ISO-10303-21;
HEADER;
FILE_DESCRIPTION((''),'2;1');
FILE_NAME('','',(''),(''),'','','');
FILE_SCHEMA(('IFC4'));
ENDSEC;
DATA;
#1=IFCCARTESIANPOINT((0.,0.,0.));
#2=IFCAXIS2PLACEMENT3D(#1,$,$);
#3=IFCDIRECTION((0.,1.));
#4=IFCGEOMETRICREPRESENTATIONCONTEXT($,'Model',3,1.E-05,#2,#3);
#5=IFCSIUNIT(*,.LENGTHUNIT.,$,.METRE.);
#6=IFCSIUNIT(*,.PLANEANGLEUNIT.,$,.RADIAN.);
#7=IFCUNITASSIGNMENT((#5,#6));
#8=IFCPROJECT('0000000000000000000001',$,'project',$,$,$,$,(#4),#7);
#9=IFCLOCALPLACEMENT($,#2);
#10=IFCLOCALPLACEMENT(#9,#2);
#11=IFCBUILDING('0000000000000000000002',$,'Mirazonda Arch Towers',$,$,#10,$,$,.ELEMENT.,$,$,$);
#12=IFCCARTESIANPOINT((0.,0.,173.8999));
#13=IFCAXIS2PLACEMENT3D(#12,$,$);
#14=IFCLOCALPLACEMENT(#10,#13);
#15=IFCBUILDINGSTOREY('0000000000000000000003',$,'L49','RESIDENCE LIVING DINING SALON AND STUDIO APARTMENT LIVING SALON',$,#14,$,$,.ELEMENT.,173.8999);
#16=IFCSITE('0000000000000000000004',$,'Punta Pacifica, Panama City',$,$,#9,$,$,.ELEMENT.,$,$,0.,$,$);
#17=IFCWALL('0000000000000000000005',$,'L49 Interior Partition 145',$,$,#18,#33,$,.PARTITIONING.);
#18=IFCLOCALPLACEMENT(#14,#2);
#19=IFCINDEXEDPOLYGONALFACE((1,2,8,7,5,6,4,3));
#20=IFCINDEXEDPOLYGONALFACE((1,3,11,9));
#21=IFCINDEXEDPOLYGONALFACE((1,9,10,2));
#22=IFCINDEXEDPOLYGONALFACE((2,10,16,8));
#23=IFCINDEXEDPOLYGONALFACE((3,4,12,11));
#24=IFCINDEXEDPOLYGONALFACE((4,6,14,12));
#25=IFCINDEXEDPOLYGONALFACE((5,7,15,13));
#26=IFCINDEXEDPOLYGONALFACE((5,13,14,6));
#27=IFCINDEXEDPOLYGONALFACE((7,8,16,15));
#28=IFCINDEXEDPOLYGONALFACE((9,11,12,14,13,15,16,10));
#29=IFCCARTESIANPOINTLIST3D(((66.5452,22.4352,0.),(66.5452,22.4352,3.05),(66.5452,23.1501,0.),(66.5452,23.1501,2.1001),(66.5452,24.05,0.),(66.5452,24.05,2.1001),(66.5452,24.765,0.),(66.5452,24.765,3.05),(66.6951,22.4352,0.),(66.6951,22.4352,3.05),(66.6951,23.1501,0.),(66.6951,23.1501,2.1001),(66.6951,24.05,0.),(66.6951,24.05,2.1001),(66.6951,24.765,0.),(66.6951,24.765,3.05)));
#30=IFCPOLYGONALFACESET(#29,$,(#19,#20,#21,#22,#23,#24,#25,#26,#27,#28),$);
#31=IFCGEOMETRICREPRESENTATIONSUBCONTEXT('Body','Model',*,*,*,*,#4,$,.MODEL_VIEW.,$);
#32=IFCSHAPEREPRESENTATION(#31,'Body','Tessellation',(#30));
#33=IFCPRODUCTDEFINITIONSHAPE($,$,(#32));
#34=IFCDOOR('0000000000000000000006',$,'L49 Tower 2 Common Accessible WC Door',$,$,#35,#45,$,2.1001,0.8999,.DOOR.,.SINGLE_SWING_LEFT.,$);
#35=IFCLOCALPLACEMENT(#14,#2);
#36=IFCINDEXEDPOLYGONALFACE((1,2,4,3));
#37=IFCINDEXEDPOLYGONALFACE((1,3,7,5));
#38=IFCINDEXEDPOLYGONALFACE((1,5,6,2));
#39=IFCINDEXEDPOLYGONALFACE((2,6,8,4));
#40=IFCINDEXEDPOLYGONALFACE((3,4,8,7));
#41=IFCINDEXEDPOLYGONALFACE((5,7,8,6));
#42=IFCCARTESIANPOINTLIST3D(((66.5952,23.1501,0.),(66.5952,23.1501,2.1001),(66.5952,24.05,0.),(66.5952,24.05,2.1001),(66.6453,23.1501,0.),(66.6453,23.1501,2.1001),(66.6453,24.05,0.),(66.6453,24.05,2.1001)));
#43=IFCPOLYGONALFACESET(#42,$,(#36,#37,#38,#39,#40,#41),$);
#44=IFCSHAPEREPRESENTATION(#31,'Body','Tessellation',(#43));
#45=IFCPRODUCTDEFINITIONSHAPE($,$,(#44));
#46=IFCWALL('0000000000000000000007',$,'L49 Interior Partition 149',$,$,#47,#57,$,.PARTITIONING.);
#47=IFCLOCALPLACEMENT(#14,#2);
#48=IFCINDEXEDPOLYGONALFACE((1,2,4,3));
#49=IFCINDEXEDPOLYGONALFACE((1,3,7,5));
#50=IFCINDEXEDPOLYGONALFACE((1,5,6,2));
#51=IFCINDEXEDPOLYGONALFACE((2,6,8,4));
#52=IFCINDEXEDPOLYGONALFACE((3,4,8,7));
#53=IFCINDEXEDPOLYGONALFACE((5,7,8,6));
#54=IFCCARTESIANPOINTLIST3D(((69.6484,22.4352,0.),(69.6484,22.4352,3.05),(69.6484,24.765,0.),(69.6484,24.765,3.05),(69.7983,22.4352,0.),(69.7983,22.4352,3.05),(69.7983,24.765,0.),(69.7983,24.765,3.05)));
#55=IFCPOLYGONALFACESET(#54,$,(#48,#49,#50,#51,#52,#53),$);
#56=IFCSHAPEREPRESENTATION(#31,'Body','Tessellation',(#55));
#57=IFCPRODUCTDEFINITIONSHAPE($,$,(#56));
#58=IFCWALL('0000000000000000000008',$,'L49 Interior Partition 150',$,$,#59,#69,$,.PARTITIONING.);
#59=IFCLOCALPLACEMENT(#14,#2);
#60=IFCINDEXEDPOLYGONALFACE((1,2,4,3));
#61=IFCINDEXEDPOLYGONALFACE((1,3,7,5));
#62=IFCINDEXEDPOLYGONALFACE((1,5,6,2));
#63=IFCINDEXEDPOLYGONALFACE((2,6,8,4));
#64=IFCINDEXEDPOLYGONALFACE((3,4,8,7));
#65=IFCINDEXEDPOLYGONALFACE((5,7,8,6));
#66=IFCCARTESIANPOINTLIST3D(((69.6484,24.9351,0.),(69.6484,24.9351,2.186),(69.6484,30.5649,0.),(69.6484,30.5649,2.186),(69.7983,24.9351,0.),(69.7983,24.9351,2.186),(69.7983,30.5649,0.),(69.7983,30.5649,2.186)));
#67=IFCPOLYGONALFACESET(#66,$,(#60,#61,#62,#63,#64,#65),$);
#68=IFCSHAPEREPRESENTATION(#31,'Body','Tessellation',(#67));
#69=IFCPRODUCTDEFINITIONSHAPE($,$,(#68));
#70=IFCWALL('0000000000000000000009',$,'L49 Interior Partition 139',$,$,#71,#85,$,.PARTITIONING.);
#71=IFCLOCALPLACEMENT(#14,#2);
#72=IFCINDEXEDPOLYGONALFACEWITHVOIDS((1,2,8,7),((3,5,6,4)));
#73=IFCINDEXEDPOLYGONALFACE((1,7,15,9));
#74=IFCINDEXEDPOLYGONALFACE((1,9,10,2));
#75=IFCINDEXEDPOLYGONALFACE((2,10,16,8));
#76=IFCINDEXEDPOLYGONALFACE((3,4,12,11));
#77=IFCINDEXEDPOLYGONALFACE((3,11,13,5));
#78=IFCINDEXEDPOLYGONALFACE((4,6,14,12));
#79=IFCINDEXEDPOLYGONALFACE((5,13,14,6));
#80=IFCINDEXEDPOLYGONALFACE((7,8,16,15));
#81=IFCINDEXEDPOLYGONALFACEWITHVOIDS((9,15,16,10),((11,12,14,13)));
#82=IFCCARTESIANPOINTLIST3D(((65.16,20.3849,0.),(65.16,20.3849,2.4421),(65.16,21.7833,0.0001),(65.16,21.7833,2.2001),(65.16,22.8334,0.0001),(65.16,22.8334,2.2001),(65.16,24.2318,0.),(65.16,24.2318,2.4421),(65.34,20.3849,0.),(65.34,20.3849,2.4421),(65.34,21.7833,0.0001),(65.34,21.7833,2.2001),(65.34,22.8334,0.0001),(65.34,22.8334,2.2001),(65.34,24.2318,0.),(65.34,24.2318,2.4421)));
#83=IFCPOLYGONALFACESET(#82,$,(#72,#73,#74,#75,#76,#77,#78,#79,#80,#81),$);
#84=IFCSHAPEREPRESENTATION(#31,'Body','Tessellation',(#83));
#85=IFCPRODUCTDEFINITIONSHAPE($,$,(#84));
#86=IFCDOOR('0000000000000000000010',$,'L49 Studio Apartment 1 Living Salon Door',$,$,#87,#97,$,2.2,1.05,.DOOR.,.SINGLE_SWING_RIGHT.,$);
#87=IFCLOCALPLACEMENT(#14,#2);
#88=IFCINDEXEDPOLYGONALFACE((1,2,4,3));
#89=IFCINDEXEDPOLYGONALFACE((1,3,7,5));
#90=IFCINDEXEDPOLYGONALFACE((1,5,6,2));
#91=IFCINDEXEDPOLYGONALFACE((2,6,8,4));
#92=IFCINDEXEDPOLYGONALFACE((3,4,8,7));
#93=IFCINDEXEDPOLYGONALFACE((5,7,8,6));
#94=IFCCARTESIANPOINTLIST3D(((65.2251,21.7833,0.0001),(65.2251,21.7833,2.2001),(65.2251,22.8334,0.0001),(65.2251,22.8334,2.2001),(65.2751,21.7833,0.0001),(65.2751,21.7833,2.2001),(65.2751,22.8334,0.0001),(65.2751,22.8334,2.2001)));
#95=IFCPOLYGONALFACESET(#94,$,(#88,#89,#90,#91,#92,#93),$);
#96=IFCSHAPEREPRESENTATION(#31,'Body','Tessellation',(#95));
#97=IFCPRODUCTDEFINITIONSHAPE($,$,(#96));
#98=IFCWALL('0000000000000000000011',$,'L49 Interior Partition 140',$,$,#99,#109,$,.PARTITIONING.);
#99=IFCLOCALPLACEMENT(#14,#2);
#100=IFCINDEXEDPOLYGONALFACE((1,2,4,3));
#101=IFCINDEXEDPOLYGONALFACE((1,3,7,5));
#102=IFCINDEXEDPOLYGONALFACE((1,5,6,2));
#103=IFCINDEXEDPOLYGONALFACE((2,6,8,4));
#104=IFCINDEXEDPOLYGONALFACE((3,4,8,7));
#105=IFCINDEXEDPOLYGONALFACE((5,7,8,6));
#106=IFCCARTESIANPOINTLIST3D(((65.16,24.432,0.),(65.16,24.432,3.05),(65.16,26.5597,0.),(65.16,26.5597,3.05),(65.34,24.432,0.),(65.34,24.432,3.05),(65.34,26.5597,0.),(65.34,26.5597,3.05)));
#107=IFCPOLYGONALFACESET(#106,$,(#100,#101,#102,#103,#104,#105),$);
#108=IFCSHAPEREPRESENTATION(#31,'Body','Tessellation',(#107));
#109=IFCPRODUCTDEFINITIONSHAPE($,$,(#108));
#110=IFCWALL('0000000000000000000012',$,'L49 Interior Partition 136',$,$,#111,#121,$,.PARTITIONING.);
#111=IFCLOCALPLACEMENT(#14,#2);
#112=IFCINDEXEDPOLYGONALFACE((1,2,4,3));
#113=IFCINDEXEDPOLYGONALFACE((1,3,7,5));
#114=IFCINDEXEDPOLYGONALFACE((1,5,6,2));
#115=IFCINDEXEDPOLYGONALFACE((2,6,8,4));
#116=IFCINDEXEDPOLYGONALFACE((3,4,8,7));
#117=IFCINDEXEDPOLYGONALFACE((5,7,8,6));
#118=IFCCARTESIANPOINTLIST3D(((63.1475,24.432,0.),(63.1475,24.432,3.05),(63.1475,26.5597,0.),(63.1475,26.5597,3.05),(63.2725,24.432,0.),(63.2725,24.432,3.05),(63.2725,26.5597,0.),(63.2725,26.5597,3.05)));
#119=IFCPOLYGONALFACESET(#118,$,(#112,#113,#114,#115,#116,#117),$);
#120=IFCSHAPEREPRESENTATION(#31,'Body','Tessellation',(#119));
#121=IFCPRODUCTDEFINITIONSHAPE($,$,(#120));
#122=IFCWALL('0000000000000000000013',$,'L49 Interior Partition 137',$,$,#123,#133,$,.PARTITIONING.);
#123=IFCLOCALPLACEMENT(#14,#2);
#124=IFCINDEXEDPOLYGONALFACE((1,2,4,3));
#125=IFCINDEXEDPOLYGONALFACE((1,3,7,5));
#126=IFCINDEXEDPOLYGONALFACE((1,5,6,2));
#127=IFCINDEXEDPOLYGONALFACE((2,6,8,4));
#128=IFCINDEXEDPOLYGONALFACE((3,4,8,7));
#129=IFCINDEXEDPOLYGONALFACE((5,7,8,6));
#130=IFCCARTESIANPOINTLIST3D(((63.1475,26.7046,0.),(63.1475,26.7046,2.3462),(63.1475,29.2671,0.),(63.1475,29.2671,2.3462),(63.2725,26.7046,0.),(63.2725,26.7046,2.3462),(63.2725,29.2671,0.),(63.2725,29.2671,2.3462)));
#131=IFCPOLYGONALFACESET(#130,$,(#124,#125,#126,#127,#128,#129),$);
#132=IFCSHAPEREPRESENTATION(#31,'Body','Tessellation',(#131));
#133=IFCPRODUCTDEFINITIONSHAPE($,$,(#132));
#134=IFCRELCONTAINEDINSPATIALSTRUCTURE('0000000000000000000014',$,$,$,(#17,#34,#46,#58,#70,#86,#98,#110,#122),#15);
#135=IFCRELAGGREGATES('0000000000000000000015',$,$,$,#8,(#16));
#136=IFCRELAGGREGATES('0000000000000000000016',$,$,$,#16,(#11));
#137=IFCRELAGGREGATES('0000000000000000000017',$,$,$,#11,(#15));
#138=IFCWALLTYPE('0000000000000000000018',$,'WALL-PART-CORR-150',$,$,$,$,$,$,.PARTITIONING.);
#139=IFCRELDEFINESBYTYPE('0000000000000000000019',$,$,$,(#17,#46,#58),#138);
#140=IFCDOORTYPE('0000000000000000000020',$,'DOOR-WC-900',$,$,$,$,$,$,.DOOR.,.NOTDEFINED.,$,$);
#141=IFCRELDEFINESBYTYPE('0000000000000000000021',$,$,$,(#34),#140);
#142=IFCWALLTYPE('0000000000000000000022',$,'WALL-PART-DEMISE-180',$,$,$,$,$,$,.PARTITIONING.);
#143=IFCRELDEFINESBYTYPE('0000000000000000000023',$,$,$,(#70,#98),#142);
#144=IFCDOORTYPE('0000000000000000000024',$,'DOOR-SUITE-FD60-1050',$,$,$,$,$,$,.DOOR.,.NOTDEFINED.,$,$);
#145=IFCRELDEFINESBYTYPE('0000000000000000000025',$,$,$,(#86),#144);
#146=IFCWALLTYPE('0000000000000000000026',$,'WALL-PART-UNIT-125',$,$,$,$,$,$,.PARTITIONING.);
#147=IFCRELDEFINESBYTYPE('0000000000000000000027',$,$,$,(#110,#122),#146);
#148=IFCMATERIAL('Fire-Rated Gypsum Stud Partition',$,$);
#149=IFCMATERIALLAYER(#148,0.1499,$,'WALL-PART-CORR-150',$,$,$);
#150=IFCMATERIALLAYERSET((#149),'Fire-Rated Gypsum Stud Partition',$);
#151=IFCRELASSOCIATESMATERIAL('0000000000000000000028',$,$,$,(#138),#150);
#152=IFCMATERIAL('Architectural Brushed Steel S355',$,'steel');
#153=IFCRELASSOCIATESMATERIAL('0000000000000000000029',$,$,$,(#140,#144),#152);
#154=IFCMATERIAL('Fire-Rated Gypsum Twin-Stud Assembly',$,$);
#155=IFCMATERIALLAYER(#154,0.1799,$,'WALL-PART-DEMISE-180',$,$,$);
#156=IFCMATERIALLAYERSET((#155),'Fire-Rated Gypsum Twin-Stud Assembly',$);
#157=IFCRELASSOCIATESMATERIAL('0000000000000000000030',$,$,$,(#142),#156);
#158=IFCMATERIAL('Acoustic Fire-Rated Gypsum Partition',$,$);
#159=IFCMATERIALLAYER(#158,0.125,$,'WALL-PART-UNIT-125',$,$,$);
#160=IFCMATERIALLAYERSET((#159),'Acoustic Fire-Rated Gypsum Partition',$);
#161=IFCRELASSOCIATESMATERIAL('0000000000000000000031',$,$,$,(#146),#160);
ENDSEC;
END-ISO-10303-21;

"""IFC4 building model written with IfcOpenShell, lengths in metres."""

from ifc_helpers import new_model, si_unit, direction, frame, frame_2d, origin, place, context, subcontext, project, spatial, rectangle, extrude, material, layer, layer_set, type_object, element, fill, save


model = new_model("IFC4")

# Units and contexts
model_context = context("Model", 3, precision=1e-05, world=origin(), true_north=direction((0.0, 1.0)))
body_context = subcontext(model_context, "Body", "Model", "MODEL_VIEW")
ifc_project = project(units=[si_unit("LENGTHUNIT", "METRE"), si_unit("PLANEANGLEUNIT", "RADIAN")], contexts=[model_context])

# Site, building, storey
site_placement = place(None, origin())
site = spatial("IfcSite", under=ifc_project, at=site_placement, Name="Punta Pacifica, Panama City", CompositionType="ELEMENT", RefElevation=0.0)
building_placement = place(site_placement, origin())
building = spatial("IfcBuilding", under=site, at=building_placement, Name="Mirazonda Arch Towers", CompositionType="ELEMENT")
storey_placement = place(building_placement, frame((0.0, 0.0, 173.8999)))
storey = spatial("IfcBuildingStorey", under=building, at=storey_placement, Name="L49", Description="RESIDENCE LIVING DINING SALON AND STUDIO APARTMENT LIVING SALON", CompositionType="ELEMENT", Elevation=173.8999)

# Shared definitions
ifc_material_1 = material(Name="Architectural Brushed Steel S355", Category="steel")

# Shared definitions
ifc_material_2 = material(Name="Fire-Rated Gypsum Stud Partition")
ifc_layer_1 = layer(ifc_material_2, 0.1499, Name="WALL-PART-CORR-150")
ifc_layer_set_1 = layer_set([ifc_layer_1], Name="Fire-Rated Gypsum Stud Partition")
wall_type_1 = type_object("IfcWallType", Name="WALL-PART-CORR-150", PredefinedType="PARTITIONING", material=ifc_layer_set_1)

# Wall, opening, door
wall_1_placement = place(storey_placement, frame((66.6201, 22.4351, 0.0), z_axis=(0.0, 0.0, 1.0), x_axis=(0.0, 1.0, 0.0)))
wall_1 = element("IfcWall", 1, at=wall_1_placement, inside=storey, type_object=wall_type_1, Name="L49 Interior Partition 145", PredefinedType="PARTITIONING", context=body_context, shape_type="SweptSolid", body=[
    extrude(rectangle(XDim=2.3298, YDim=0.1499, at=frame_2d((1.165, 0.0))), origin(), (0.0, 0.0, 1.0), 3.05),
])
opening_1_placement = place(wall_1_placement, frame((0.7151, 0.0, 0.0)))
opening_1 = element("IfcOpeningElement", 2, at=opening_1_placement, cuts=wall_1, PredefinedType="OPENING", context=body_context, shape_type="SweptSolid", body=[
    extrude(rectangle(XDim=0.8999, YDim=2.1001, at=frame_2d((0.45, 1.05))), frame((0.0, 0.085, 0.0), z_axis=(0.0, -1.0, 0.0), x_axis=(1.0, 0.0, 0.0)), (0.0, 0.0, 1.0), 0.1699),
])
door_type_1 = type_object("IfcDoorType", Name="DOOR-WC-900", OperationType="NOTDEFINED", PredefinedType="DOOR", material=ifc_material_1)
door_1_placement = place(opening_1_placement, origin())
door_1 = element("IfcDoor", 3, at=door_1_placement, inside=storey, type_object=door_type_1, Name="L49 Tower 2 Common Accessible WC Door", OperationType="SINGLE_SWING_LEFT", OverallHeight=2.1001, OverallWidth=0.8999, PredefinedType="DOOR", context=body_context, shape_type="SweptSolid", body=[
    extrude(rectangle(XDim=0.8999, YDim=2.1001, at=frame_2d((0.45, 1.05))), frame((0.0, 0.0249, 0.0), z_axis=(0.0, -1.0, 0.0), x_axis=(1.0, 0.0, 0.0)), (0.0, 0.0, 1.0), 0.05),
])
fill(opening_1, door_1)

# Walls
wall_2_placement = place(storey_placement, frame((69.7234, 22.4351, 0.0), z_axis=(0.0, 0.0, 1.0), x_axis=(0.0, 1.0, 0.0)))
element("IfcWall", 4, at=wall_2_placement, inside=storey, type_object=wall_type_1, Name="L49 Interior Partition 149", PredefinedType="PARTITIONING", context=body_context, shape_type="SweptSolid", body=[
    extrude(rectangle(XDim=2.3298, YDim=0.1499, at=frame_2d((1.165, 0.0))), origin(), (0.0, 0.0, 1.0), 3.05),
])
wall_3_placement = place(storey_placement, frame((69.7234, 24.9351, 0.0), z_axis=(0.0, 0.0, 1.0), x_axis=(0.0, 1.0, 0.0)))
element("IfcWall", 5, at=wall_3_placement, inside=storey, type_object=wall_type_1, Name="L49 Interior Partition 150", PredefinedType="PARTITIONING", context=body_context, shape_type="SweptSolid", body=[
    extrude(rectangle(XDim=5.6299, YDim=0.1499, at=frame_2d((2.8149, 0.0))), origin(), (0.0, 0.0, 1.0), 2.186),
])

# Wall, opening, door
ifc_material_3 = material(Name="Fire-Rated Gypsum Twin-Stud Assembly")
ifc_layer_2 = layer(ifc_material_3, 0.1799, Name="WALL-PART-DEMISE-180")
ifc_layer_set_2 = layer_set([ifc_layer_2], Name="Fire-Rated Gypsum Twin-Stud Assembly")
wall_type_2 = type_object("IfcWallType", Name="WALL-PART-DEMISE-180", PredefinedType="PARTITIONING", material=ifc_layer_set_2)
wall_4_placement = place(storey_placement, frame((65.25, 20.385, 0.0), z_axis=(0.0, 0.0, 1.0), x_axis=(0.0, 1.0, 0.0)))
wall_4 = element("IfcWall", 6, at=wall_4_placement, inside=storey, type_object=wall_type_2, Name="L49 Interior Partition 139", PredefinedType="PARTITIONING", context=body_context, shape_type="SweptSolid", body=[
    extrude(rectangle(XDim=3.8469, YDim=0.1799, at=frame_2d((1.9233, 0.0))), origin(), (0.0, 0.0, 1.0), 2.4421),
])
opening_2_placement = place(wall_4_placement, frame((1.3984, 0.0, 0.0)))
opening_2 = element("IfcOpeningElement", 7, at=opening_2_placement, cuts=wall_4, PredefinedType="OPENING", context=body_context, shape_type="SweptSolid", body=[
    extrude(rectangle(XDim=1.05, YDim=2.2, at=frame_2d((0.5249, 1.1001))), frame((0.0, 0.0999, 0.0), z_axis=(0.0, -1.0, 0.0), x_axis=(1.0, 0.0, 0.0)), (0.0, 0.0, 1.0), 0.2),
])
door_type_2 = type_object("IfcDoorType", Name="DOOR-SUITE-FD60-1050", OperationType="NOTDEFINED", PredefinedType="DOOR", material=ifc_material_1)
door_2_placement = place(opening_2_placement, origin())
door_2 = element("IfcDoor", 8, at=door_2_placement, inside=storey, type_object=door_type_2, Name="L49 Studio Apartment 1 Living Salon Door", OperationType="SINGLE_SWING_RIGHT", OverallHeight=2.2, OverallWidth=1.05, PredefinedType="DOOR", context=body_context, shape_type="SweptSolid", body=[
    extrude(rectangle(XDim=1.05, YDim=2.2, at=frame_2d((0.5249, 1.1001))), frame((0.0, 0.0249, 0.0), z_axis=(0.0, -1.0, 0.0), x_axis=(1.0, 0.0, 0.0)), (0.0, 0.0, 1.0), 0.05),
])
fill(opening_2, door_2)

# Walls
wall_5_placement = place(storey_placement, frame((65.25, 24.4319, 0.0), z_axis=(0.0, 0.0, 1.0), x_axis=(0.0, 1.0, 0.0)))
element("IfcWall", 9, at=wall_5_placement, inside=storey, type_object=wall_type_2, Name="L49 Interior Partition 140", PredefinedType="PARTITIONING", context=body_context, shape_type="SweptSolid", body=[
    extrude(rectangle(XDim=2.1277, YDim=0.1799, at=frame_2d((1.064, 0.0))), origin(), (0.0, 0.0, 1.0), 3.05),
])
ifc_material_4 = material(Name="Acoustic Fire-Rated Gypsum Partition")
ifc_layer_3 = layer(ifc_material_4, 0.125, Name="WALL-PART-UNIT-125")
ifc_layer_set_3 = layer_set([ifc_layer_3], Name="Acoustic Fire-Rated Gypsum Partition")
wall_type_3 = type_object("IfcWallType", Name="WALL-PART-UNIT-125", PredefinedType="PARTITIONING", material=ifc_layer_set_3)
wall_6_placement = place(storey_placement, frame((63.21, 24.4319, 0.0), z_axis=(0.0, 0.0, 1.0), x_axis=(0.0, 1.0, 0.0)))
element("IfcWall", 10, at=wall_6_placement, inside=storey, type_object=wall_type_3, Name="L49 Interior Partition 136", PredefinedType="PARTITIONING", context=body_context, shape_type="SweptSolid", body=[
    extrude(rectangle(XDim=2.1277, YDim=0.125, at=frame_2d((1.064, 0.0))), origin(), (0.0, 0.0, 1.0), 3.05),
])
wall_7_placement = place(storey_placement, frame((63.21, 26.7046, 0.0), z_axis=(0.0, 0.0, 1.0), x_axis=(0.0, 1.0, 0.0)))
element("IfcWall", 11, at=wall_7_placement, inside=storey, type_object=wall_type_3, Name="L49 Interior Partition 137", PredefinedType="PARTITIONING", context=body_context, shape_type="SweptSolid", body=[
    extrude(rectangle(XDim=2.5625, YDim=0.125, at=frame_2d((1.2812, 0.0))), origin(), (0.0, 0.0, 1.0), 2.3462),
])

save(model, "model.ifc")
